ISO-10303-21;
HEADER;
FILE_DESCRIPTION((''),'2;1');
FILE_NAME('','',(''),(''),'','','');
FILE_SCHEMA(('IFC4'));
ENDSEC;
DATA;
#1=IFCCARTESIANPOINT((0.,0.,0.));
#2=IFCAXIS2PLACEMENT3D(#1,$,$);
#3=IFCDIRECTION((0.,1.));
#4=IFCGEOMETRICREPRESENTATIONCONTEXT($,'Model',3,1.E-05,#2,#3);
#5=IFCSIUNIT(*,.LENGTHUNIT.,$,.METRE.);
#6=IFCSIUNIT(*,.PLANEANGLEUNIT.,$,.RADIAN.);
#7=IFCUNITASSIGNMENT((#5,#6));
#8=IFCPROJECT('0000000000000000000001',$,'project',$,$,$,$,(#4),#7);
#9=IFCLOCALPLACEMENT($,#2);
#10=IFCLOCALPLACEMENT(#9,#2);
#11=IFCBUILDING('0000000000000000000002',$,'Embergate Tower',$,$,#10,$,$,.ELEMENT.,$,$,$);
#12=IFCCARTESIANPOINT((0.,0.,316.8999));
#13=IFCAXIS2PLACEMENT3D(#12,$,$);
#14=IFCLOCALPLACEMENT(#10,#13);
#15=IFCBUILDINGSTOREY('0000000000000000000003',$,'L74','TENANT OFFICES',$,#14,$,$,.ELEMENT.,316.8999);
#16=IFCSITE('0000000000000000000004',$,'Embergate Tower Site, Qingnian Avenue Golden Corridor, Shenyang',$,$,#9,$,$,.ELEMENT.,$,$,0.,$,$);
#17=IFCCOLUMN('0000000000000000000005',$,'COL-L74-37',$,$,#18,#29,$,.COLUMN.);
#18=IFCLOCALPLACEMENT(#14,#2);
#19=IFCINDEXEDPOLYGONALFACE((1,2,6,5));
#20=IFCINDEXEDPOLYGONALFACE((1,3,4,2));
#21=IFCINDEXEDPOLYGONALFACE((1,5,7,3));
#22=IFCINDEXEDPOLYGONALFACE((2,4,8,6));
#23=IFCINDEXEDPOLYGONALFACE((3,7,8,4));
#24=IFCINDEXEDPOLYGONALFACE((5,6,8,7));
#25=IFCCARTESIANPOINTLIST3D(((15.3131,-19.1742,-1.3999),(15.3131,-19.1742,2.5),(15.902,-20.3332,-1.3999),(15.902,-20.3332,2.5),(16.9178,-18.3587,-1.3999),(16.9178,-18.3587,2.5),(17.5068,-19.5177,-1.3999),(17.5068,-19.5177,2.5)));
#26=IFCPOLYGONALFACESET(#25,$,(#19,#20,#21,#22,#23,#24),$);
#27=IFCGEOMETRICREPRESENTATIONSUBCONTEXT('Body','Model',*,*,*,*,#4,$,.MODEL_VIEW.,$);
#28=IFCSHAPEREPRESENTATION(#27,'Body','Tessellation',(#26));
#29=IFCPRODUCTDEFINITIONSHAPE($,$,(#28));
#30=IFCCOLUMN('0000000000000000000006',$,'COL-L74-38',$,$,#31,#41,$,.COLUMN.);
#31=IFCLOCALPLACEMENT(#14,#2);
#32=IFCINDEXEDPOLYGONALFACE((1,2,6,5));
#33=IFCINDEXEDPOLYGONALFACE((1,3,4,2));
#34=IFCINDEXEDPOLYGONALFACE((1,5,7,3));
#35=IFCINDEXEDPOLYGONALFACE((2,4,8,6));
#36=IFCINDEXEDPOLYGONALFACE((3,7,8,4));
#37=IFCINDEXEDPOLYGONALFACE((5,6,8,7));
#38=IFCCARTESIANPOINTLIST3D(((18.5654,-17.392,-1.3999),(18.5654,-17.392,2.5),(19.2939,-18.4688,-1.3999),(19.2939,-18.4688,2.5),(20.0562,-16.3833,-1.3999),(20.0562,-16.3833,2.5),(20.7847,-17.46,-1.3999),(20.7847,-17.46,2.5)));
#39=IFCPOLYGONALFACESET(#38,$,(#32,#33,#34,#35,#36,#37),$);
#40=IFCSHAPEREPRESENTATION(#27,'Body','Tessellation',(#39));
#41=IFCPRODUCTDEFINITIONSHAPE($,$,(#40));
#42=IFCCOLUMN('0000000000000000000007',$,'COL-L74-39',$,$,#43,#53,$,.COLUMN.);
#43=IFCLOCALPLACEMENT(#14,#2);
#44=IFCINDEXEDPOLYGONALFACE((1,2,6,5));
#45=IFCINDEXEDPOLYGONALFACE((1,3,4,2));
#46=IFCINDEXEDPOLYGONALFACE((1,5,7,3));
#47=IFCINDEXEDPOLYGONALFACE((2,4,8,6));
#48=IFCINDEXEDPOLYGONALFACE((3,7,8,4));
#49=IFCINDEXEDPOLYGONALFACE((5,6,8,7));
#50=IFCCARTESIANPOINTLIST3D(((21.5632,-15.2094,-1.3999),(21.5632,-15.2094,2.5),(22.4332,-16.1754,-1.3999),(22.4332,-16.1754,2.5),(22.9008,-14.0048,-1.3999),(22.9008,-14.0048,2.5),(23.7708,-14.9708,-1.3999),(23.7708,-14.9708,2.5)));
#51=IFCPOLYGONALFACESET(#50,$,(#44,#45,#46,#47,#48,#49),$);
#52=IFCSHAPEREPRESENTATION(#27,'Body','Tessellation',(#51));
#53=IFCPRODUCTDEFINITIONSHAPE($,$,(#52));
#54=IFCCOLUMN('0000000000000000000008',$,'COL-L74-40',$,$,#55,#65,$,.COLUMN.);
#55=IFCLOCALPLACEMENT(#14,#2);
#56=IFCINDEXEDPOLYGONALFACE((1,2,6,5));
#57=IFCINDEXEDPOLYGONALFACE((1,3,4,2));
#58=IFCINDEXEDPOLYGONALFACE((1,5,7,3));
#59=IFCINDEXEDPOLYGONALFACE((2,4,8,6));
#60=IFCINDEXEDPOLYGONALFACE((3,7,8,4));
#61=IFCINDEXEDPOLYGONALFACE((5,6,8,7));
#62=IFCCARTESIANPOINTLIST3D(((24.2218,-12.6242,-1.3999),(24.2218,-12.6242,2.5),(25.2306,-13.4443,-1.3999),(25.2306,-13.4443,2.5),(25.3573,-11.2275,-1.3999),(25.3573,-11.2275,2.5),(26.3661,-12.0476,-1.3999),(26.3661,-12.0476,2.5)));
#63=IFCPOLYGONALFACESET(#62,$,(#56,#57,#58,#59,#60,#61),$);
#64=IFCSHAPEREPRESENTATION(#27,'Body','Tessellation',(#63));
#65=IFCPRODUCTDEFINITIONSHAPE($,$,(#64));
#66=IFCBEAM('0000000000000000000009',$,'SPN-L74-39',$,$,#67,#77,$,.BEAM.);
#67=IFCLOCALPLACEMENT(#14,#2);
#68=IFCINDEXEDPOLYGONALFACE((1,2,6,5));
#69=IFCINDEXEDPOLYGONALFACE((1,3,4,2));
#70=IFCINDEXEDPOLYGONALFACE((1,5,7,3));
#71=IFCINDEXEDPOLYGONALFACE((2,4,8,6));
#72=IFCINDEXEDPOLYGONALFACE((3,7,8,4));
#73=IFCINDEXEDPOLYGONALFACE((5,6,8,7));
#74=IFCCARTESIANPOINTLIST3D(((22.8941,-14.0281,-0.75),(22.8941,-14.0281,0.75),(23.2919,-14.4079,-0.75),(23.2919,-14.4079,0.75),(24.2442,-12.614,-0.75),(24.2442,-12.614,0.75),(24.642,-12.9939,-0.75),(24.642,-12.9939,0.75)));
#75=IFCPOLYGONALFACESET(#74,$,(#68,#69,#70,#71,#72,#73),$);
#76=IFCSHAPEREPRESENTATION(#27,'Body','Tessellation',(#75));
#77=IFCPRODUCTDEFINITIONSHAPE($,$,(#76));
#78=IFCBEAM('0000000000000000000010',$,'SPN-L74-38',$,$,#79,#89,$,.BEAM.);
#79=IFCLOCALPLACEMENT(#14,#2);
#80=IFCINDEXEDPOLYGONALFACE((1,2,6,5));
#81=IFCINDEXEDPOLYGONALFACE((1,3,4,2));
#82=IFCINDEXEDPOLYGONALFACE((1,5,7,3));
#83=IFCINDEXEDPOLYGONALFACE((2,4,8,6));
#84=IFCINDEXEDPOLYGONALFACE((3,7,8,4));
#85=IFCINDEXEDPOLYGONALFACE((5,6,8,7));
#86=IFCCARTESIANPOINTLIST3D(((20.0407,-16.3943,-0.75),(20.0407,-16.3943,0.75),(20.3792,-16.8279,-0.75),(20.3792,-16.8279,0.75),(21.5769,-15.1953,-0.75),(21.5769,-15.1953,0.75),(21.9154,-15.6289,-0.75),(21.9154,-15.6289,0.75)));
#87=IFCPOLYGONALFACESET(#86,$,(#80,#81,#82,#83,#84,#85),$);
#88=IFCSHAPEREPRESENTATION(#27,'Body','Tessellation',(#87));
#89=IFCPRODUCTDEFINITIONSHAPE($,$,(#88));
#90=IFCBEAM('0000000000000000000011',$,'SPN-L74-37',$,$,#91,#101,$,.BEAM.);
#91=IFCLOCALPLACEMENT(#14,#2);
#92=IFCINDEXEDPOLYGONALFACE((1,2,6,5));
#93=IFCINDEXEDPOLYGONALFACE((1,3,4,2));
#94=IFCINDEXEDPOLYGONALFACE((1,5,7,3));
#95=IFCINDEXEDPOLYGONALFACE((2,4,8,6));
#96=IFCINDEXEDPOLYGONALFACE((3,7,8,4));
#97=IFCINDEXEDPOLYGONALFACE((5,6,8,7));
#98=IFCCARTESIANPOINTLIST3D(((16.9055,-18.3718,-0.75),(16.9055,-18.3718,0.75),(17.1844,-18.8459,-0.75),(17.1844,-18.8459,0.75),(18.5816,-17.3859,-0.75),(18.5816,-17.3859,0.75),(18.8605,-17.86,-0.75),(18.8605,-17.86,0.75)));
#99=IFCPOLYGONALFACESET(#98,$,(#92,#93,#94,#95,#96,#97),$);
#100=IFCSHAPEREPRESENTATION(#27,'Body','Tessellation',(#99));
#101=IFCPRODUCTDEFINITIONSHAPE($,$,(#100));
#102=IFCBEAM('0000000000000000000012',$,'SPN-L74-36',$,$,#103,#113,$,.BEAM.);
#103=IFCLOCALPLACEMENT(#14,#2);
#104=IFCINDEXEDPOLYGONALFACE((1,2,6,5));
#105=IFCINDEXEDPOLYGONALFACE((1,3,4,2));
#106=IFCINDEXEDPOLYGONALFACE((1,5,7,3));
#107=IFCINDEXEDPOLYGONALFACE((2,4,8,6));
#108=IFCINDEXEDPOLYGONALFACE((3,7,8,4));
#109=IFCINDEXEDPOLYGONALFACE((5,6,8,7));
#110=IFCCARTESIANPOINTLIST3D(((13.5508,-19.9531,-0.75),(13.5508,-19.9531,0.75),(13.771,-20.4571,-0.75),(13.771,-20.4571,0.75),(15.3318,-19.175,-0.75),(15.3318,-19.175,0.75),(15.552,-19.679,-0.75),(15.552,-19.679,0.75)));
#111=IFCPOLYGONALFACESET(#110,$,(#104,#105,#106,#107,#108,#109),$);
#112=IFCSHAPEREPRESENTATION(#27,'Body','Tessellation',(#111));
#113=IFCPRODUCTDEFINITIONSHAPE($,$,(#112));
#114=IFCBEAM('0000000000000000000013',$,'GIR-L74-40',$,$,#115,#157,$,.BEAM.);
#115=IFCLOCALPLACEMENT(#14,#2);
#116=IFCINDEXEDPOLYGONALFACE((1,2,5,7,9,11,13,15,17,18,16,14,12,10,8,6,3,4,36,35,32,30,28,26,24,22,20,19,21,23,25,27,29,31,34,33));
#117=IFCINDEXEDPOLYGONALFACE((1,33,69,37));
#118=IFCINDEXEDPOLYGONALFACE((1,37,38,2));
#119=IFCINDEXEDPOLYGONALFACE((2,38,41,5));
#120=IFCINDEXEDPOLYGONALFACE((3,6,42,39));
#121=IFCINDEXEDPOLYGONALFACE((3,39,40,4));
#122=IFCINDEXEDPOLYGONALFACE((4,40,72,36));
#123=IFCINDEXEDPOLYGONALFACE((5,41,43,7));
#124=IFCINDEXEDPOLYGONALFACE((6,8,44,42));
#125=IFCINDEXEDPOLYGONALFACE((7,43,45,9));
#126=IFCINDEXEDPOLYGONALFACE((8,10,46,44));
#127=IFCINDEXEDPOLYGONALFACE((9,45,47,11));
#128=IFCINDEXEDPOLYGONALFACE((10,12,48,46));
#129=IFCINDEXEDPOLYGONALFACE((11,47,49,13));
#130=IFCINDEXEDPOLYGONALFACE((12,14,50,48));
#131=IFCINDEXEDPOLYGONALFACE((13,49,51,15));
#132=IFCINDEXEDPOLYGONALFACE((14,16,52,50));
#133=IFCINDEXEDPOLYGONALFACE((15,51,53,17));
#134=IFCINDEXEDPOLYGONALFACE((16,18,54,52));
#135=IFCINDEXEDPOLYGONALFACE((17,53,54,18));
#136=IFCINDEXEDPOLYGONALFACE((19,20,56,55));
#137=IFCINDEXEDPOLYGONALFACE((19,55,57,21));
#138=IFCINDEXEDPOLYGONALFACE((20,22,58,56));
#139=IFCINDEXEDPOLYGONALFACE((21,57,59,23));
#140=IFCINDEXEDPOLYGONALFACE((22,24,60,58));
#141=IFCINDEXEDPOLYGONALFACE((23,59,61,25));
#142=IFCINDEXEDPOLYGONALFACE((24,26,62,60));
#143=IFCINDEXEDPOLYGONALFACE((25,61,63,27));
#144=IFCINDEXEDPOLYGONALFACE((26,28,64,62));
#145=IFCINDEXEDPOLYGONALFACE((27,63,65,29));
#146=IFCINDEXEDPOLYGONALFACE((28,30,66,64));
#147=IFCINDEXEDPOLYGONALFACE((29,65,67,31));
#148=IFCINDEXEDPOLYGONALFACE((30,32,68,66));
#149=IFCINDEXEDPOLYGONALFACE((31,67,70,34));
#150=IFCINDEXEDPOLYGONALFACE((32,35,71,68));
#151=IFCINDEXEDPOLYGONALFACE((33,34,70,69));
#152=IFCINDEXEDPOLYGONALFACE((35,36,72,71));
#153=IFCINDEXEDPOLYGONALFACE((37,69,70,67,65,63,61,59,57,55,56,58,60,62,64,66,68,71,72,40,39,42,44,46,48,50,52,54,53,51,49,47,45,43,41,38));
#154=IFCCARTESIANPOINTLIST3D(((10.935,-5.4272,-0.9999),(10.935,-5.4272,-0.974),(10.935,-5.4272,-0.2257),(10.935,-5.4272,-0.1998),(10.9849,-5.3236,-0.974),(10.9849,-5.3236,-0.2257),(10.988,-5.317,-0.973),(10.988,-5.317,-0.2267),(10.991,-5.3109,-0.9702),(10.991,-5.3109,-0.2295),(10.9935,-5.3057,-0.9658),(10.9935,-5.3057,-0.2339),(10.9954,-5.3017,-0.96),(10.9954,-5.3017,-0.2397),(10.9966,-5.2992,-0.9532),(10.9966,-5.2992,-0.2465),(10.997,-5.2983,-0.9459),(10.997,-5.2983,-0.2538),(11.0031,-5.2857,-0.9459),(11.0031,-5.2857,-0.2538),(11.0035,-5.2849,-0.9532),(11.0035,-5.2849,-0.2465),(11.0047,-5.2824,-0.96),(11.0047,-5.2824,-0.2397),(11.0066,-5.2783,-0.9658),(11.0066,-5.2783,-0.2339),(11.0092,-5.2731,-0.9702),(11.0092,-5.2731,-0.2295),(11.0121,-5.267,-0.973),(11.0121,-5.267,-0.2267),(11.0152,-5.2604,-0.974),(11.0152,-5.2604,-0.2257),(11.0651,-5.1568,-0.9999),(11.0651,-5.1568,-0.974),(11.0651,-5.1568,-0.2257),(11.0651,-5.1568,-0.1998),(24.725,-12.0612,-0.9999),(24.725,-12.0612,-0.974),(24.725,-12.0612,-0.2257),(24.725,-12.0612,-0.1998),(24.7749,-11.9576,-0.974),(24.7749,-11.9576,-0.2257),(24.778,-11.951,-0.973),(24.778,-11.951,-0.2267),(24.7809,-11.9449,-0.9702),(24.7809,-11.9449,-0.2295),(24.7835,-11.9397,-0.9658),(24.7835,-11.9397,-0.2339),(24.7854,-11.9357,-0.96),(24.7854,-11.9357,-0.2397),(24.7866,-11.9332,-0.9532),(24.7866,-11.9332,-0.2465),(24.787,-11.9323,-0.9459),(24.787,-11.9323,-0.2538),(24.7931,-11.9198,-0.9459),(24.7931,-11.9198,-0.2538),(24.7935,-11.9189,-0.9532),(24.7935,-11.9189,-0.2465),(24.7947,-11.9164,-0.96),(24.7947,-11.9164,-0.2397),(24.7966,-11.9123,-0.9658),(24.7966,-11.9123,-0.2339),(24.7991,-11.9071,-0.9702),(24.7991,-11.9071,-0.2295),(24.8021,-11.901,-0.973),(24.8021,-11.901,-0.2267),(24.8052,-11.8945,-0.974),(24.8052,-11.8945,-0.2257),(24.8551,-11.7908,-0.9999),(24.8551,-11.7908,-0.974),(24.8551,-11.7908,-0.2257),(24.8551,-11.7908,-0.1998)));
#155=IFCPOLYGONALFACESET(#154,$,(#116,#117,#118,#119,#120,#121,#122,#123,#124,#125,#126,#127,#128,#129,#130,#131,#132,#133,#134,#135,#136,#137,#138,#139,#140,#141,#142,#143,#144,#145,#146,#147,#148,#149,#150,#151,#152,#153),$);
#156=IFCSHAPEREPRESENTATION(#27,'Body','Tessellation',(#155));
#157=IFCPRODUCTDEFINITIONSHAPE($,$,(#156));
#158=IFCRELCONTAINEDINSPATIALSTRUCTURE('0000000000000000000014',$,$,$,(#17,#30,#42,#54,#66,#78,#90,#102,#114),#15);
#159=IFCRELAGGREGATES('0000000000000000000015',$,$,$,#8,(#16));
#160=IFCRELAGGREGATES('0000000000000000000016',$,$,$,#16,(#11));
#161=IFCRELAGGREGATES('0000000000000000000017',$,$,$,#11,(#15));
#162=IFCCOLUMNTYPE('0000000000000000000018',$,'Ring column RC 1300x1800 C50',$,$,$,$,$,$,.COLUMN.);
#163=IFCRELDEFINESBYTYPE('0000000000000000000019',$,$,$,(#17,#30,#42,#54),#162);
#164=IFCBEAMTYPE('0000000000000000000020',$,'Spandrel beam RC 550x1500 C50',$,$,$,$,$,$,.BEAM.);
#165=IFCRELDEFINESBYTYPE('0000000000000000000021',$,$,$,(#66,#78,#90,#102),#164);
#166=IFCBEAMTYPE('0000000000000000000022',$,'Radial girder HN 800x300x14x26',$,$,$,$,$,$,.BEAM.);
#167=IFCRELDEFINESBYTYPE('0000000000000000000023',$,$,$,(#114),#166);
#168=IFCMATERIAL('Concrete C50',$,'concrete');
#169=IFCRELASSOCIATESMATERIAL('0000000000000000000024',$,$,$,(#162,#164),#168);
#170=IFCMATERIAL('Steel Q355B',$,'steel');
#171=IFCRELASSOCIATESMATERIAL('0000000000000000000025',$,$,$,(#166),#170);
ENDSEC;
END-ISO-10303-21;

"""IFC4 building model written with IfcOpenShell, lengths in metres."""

from ifc_helpers import new_model, si_unit, direction, frame, origin, origin_2d, place, context, subcontext, project, spatial, rectangle, i_section, extrude, source, transform, mapped, material, material_profile, profile_set, type_object, element, save


model = new_model("IFC4")

# Units and contexts
model_context = context("Model", 3, precision=1e-05, world=origin(), true_north=direction((0.0, 1.0)))
body_context = subcontext(model_context, "Body", "Model", "MODEL_VIEW")
ifc_project = project(units=[si_unit("LENGTHUNIT", "METRE"), si_unit("PLANEANGLEUNIT", "RADIAN")], contexts=[model_context])

# Site, building, storey
site_placement = place(None, origin())
site = spatial("IfcSite", under=ifc_project, at=site_placement, Name="Embergate Tower Site, Qingnian Avenue Golden Corridor, Shenyang", CompositionType="ELEMENT", RefElevation=0.0)
building_placement = place(site_placement, origin())
building = spatial("IfcBuilding", under=site, at=building_placement, Name="Embergate Tower", CompositionType="ELEMENT")
storey_placement = place(building_placement, frame((0.0, 0.0, 316.8999)))
storey = spatial("IfcBuildingStorey", under=building, at=storey_placement, Name="L74", Description="TENANT OFFICES", CompositionType="ELEMENT", Elevation=316.8999)

# Columns
ifc_material_1 = material(Name="Concrete C50", Category="concrete")
ifc_material_profile_1 = material_profile(ifc_material_1, rectangle(XDim=1.3, YDim=1.8, at=origin_2d()), Name="RC 1300x1800")
ifc_profile_set_1 = profile_set([ifc_material_profile_1], Name="Concrete C50")
column_type = type_object("IfcColumnType", Name="Ring column RC 1300x1800 C50", PredefinedType="COLUMN", material=ifc_profile_set_1)
shared_shape_1 = source(origin(), body_context, "Body", "SweptSolid", [
    extrude(rectangle(XDim=1.3, YDim=1.8, at=origin_2d()), origin(), (0.0, 0.0, 1.0), 3.8999),
])
for number, where, z_axis, x_axis, name in (
    (1, (16.4099, -19.3459, -1.3999), (0.0, 0.0, 1.0), (0.453011, -0.891505, 0.0), "COL-L74-37"),
    (2, (19.675, -17.426, -1.3999), (0.0, 0.0, 1.0), (0.560393, -0.828227, 0.0), "COL-L74-38"),
    (3, (22.667, -15.0901, -1.3999), (0.0, 0.0, 1.0), (0.669221, -0.743063, 0.0), "COL-L74-39"),
    (4, (25.2939, -12.3359, -1.3999), (0.0, 0.0, 1.0), (0.775925, -0.630825, 0.0), "COL-L74-40"),
):
    element("IfcColumn", number, at=place(storey_placement, frame(where, z_axis=z_axis, x_axis=x_axis)), inside=storey, type_object=column_type, Name=name, PredefinedType="COLUMN", context=body_context, shape_type="MappedRepresentation", body=[
        mapped(shared_shape_1, transform((0.0, 0.0, 0.0))),
    ])

# Beams
ifc_material_profile_2 = material_profile(ifc_material_1, rectangle(XDim=0.55, YDim=1.5, at=origin_2d()), Name="RC 550x1500")
ifc_profile_set_2 = profile_set([ifc_material_profile_2], Name="Concrete C50")
beam_type_1 = type_object("IfcBeamType", Name="Spandrel beam RC 550x1500 C50", PredefinedType="BEAM", material=ifc_profile_set_2)
shared_shape_2 = source(origin(), body_context, "Body", "SweptSolid", [
    extrude(rectangle(XDim=0.55, YDim=1.5, at=origin_2d()), origin(), (0.0, 0.0, 1.0), 1.9551),
])
beam_1_placement = place(storey_placement, frame((23.093, -14.218, 0.0), z_axis=(0.690559, 0.723276, 0.0), x_axis=(-0.723276, 0.690559, 0.0)))
element("IfcBeam", 5, at=beam_1_placement, inside=storey, type_object=beam_type_1, Name="SPN-L74-39", PredefinedType="BEAM", context=body_context, shape_type="MappedRepresentation", body=[
    mapped(shared_shape_2, transform((0.0, 0.0, 0.0))),
])
shared_shape_3 = source(origin(), body_context, "Body", "SweptSolid", [
    extrude(rectangle(XDim=0.55, YDim=1.5, at=origin_2d()), origin(), (0.0, 0.0, 1.0), 1.9487),
])
beam_2_placement = place(storey_placement, frame((20.21, -16.6111, 0.0), z_axis=(0.788305, 0.615284, 0.0), x_axis=(-0.615284, 0.788305, 0.0)))
element("IfcBeam", 6, at=beam_2_placement, inside=storey, type_object=beam_type_1, Name="SPN-L74-38", PredefinedType="BEAM", context=body_context, shape_type="MappedRepresentation", body=[
    mapped(shared_shape_3, transform((0.0, 0.0, 0.0))),
])
shared_shape_4 = source(origin(), body_context, "Body", "SweptSolid", [
    extrude(rectangle(XDim=0.55, YDim=1.5, at=origin_2d()), origin(), (0.0, 0.0, 1.0), 1.9446),
])
beam_3_placement = place(storey_placement, frame((17.0449, -18.6089, 0.0), z_axis=(0.861947, 0.506998, 0.0), x_axis=(-0.506998, 0.861947, 0.0)))
element("IfcBeam", 7, at=beam_3_placement, inside=storey, type_object=beam_type_1, Name="SPN-L74-37", PredefinedType="BEAM", context=body_context, shape_type="MappedRepresentation", body=[
    mapped(shared_shape_4, transform((0.0, 0.0, 0.0))),
])
shared_shape_5 = source(origin(), body_context, "Body", "SweptSolid", [
    extrude(rectangle(XDim=0.55, YDim=1.5, at=origin_2d()), origin(), (0.0, 0.0, 1.0), 1.9436),
])
beam_4_placement = place(storey_placement, frame((13.6609, -20.2051, 0.0), z_axis=(0.916368, 0.400338, 0.0), x_axis=(-0.400338, 0.916368, 0.0)))
element("IfcBeam", 8, at=beam_4_placement, inside=storey, type_object=beam_type_1, Name="SPN-L74-36", PredefinedType="BEAM", context=body_context, shape_type="MappedRepresentation", body=[
    mapped(shared_shape_5, transform((0.0, 0.0, 0.0))),
])
ifc_material_2 = material(Name="Steel Q355B", Category="steel")
ifc_material_profile_3 = material_profile(ifc_material_2, i_section(OverallWidth=0.3, OverallDepth=0.8, WebThickness=0.0139, FlangeThickness=0.0259, FilletRadius=0.0281, at=origin_2d()), Name="HN 800x300x14x26")
ifc_profile_set_3 = profile_set([ifc_material_profile_3], Name="Steel Q355 grade B")
beam_type_2 = type_object("IfcBeamType", Name="Radial girder HN 800x300x14x26", PredefinedType="BEAM", material=ifc_profile_set_3)
shared_shape_6 = source(origin(), body_context, "Body", "SweptSolid", [
    extrude(i_section(OverallWidth=0.3, OverallDepth=0.8, WebThickness=0.0139, FlangeThickness=0.0259, FilletRadius=0.0281, at=origin_2d()), origin(), (0.0, 0.0, 1.0), 15.3027),
])
beam_5_placement = place(storey_placement, frame((24.79, -11.926, -0.5999), z_axis=(-0.901145, 0.433518, 0.0), x_axis=(-0.433518, -0.901145, 0.0)))
element("IfcBeam", 9, at=beam_5_placement, inside=storey, type_object=beam_type_2, Name="GIR-L74-40", PredefinedType="BEAM", context=body_context, shape_type="MappedRepresentation", body=[
    mapped(shared_shape_6, transform((0.0, 0.0, 0.0))),
])

save(model, "model.ifc")
